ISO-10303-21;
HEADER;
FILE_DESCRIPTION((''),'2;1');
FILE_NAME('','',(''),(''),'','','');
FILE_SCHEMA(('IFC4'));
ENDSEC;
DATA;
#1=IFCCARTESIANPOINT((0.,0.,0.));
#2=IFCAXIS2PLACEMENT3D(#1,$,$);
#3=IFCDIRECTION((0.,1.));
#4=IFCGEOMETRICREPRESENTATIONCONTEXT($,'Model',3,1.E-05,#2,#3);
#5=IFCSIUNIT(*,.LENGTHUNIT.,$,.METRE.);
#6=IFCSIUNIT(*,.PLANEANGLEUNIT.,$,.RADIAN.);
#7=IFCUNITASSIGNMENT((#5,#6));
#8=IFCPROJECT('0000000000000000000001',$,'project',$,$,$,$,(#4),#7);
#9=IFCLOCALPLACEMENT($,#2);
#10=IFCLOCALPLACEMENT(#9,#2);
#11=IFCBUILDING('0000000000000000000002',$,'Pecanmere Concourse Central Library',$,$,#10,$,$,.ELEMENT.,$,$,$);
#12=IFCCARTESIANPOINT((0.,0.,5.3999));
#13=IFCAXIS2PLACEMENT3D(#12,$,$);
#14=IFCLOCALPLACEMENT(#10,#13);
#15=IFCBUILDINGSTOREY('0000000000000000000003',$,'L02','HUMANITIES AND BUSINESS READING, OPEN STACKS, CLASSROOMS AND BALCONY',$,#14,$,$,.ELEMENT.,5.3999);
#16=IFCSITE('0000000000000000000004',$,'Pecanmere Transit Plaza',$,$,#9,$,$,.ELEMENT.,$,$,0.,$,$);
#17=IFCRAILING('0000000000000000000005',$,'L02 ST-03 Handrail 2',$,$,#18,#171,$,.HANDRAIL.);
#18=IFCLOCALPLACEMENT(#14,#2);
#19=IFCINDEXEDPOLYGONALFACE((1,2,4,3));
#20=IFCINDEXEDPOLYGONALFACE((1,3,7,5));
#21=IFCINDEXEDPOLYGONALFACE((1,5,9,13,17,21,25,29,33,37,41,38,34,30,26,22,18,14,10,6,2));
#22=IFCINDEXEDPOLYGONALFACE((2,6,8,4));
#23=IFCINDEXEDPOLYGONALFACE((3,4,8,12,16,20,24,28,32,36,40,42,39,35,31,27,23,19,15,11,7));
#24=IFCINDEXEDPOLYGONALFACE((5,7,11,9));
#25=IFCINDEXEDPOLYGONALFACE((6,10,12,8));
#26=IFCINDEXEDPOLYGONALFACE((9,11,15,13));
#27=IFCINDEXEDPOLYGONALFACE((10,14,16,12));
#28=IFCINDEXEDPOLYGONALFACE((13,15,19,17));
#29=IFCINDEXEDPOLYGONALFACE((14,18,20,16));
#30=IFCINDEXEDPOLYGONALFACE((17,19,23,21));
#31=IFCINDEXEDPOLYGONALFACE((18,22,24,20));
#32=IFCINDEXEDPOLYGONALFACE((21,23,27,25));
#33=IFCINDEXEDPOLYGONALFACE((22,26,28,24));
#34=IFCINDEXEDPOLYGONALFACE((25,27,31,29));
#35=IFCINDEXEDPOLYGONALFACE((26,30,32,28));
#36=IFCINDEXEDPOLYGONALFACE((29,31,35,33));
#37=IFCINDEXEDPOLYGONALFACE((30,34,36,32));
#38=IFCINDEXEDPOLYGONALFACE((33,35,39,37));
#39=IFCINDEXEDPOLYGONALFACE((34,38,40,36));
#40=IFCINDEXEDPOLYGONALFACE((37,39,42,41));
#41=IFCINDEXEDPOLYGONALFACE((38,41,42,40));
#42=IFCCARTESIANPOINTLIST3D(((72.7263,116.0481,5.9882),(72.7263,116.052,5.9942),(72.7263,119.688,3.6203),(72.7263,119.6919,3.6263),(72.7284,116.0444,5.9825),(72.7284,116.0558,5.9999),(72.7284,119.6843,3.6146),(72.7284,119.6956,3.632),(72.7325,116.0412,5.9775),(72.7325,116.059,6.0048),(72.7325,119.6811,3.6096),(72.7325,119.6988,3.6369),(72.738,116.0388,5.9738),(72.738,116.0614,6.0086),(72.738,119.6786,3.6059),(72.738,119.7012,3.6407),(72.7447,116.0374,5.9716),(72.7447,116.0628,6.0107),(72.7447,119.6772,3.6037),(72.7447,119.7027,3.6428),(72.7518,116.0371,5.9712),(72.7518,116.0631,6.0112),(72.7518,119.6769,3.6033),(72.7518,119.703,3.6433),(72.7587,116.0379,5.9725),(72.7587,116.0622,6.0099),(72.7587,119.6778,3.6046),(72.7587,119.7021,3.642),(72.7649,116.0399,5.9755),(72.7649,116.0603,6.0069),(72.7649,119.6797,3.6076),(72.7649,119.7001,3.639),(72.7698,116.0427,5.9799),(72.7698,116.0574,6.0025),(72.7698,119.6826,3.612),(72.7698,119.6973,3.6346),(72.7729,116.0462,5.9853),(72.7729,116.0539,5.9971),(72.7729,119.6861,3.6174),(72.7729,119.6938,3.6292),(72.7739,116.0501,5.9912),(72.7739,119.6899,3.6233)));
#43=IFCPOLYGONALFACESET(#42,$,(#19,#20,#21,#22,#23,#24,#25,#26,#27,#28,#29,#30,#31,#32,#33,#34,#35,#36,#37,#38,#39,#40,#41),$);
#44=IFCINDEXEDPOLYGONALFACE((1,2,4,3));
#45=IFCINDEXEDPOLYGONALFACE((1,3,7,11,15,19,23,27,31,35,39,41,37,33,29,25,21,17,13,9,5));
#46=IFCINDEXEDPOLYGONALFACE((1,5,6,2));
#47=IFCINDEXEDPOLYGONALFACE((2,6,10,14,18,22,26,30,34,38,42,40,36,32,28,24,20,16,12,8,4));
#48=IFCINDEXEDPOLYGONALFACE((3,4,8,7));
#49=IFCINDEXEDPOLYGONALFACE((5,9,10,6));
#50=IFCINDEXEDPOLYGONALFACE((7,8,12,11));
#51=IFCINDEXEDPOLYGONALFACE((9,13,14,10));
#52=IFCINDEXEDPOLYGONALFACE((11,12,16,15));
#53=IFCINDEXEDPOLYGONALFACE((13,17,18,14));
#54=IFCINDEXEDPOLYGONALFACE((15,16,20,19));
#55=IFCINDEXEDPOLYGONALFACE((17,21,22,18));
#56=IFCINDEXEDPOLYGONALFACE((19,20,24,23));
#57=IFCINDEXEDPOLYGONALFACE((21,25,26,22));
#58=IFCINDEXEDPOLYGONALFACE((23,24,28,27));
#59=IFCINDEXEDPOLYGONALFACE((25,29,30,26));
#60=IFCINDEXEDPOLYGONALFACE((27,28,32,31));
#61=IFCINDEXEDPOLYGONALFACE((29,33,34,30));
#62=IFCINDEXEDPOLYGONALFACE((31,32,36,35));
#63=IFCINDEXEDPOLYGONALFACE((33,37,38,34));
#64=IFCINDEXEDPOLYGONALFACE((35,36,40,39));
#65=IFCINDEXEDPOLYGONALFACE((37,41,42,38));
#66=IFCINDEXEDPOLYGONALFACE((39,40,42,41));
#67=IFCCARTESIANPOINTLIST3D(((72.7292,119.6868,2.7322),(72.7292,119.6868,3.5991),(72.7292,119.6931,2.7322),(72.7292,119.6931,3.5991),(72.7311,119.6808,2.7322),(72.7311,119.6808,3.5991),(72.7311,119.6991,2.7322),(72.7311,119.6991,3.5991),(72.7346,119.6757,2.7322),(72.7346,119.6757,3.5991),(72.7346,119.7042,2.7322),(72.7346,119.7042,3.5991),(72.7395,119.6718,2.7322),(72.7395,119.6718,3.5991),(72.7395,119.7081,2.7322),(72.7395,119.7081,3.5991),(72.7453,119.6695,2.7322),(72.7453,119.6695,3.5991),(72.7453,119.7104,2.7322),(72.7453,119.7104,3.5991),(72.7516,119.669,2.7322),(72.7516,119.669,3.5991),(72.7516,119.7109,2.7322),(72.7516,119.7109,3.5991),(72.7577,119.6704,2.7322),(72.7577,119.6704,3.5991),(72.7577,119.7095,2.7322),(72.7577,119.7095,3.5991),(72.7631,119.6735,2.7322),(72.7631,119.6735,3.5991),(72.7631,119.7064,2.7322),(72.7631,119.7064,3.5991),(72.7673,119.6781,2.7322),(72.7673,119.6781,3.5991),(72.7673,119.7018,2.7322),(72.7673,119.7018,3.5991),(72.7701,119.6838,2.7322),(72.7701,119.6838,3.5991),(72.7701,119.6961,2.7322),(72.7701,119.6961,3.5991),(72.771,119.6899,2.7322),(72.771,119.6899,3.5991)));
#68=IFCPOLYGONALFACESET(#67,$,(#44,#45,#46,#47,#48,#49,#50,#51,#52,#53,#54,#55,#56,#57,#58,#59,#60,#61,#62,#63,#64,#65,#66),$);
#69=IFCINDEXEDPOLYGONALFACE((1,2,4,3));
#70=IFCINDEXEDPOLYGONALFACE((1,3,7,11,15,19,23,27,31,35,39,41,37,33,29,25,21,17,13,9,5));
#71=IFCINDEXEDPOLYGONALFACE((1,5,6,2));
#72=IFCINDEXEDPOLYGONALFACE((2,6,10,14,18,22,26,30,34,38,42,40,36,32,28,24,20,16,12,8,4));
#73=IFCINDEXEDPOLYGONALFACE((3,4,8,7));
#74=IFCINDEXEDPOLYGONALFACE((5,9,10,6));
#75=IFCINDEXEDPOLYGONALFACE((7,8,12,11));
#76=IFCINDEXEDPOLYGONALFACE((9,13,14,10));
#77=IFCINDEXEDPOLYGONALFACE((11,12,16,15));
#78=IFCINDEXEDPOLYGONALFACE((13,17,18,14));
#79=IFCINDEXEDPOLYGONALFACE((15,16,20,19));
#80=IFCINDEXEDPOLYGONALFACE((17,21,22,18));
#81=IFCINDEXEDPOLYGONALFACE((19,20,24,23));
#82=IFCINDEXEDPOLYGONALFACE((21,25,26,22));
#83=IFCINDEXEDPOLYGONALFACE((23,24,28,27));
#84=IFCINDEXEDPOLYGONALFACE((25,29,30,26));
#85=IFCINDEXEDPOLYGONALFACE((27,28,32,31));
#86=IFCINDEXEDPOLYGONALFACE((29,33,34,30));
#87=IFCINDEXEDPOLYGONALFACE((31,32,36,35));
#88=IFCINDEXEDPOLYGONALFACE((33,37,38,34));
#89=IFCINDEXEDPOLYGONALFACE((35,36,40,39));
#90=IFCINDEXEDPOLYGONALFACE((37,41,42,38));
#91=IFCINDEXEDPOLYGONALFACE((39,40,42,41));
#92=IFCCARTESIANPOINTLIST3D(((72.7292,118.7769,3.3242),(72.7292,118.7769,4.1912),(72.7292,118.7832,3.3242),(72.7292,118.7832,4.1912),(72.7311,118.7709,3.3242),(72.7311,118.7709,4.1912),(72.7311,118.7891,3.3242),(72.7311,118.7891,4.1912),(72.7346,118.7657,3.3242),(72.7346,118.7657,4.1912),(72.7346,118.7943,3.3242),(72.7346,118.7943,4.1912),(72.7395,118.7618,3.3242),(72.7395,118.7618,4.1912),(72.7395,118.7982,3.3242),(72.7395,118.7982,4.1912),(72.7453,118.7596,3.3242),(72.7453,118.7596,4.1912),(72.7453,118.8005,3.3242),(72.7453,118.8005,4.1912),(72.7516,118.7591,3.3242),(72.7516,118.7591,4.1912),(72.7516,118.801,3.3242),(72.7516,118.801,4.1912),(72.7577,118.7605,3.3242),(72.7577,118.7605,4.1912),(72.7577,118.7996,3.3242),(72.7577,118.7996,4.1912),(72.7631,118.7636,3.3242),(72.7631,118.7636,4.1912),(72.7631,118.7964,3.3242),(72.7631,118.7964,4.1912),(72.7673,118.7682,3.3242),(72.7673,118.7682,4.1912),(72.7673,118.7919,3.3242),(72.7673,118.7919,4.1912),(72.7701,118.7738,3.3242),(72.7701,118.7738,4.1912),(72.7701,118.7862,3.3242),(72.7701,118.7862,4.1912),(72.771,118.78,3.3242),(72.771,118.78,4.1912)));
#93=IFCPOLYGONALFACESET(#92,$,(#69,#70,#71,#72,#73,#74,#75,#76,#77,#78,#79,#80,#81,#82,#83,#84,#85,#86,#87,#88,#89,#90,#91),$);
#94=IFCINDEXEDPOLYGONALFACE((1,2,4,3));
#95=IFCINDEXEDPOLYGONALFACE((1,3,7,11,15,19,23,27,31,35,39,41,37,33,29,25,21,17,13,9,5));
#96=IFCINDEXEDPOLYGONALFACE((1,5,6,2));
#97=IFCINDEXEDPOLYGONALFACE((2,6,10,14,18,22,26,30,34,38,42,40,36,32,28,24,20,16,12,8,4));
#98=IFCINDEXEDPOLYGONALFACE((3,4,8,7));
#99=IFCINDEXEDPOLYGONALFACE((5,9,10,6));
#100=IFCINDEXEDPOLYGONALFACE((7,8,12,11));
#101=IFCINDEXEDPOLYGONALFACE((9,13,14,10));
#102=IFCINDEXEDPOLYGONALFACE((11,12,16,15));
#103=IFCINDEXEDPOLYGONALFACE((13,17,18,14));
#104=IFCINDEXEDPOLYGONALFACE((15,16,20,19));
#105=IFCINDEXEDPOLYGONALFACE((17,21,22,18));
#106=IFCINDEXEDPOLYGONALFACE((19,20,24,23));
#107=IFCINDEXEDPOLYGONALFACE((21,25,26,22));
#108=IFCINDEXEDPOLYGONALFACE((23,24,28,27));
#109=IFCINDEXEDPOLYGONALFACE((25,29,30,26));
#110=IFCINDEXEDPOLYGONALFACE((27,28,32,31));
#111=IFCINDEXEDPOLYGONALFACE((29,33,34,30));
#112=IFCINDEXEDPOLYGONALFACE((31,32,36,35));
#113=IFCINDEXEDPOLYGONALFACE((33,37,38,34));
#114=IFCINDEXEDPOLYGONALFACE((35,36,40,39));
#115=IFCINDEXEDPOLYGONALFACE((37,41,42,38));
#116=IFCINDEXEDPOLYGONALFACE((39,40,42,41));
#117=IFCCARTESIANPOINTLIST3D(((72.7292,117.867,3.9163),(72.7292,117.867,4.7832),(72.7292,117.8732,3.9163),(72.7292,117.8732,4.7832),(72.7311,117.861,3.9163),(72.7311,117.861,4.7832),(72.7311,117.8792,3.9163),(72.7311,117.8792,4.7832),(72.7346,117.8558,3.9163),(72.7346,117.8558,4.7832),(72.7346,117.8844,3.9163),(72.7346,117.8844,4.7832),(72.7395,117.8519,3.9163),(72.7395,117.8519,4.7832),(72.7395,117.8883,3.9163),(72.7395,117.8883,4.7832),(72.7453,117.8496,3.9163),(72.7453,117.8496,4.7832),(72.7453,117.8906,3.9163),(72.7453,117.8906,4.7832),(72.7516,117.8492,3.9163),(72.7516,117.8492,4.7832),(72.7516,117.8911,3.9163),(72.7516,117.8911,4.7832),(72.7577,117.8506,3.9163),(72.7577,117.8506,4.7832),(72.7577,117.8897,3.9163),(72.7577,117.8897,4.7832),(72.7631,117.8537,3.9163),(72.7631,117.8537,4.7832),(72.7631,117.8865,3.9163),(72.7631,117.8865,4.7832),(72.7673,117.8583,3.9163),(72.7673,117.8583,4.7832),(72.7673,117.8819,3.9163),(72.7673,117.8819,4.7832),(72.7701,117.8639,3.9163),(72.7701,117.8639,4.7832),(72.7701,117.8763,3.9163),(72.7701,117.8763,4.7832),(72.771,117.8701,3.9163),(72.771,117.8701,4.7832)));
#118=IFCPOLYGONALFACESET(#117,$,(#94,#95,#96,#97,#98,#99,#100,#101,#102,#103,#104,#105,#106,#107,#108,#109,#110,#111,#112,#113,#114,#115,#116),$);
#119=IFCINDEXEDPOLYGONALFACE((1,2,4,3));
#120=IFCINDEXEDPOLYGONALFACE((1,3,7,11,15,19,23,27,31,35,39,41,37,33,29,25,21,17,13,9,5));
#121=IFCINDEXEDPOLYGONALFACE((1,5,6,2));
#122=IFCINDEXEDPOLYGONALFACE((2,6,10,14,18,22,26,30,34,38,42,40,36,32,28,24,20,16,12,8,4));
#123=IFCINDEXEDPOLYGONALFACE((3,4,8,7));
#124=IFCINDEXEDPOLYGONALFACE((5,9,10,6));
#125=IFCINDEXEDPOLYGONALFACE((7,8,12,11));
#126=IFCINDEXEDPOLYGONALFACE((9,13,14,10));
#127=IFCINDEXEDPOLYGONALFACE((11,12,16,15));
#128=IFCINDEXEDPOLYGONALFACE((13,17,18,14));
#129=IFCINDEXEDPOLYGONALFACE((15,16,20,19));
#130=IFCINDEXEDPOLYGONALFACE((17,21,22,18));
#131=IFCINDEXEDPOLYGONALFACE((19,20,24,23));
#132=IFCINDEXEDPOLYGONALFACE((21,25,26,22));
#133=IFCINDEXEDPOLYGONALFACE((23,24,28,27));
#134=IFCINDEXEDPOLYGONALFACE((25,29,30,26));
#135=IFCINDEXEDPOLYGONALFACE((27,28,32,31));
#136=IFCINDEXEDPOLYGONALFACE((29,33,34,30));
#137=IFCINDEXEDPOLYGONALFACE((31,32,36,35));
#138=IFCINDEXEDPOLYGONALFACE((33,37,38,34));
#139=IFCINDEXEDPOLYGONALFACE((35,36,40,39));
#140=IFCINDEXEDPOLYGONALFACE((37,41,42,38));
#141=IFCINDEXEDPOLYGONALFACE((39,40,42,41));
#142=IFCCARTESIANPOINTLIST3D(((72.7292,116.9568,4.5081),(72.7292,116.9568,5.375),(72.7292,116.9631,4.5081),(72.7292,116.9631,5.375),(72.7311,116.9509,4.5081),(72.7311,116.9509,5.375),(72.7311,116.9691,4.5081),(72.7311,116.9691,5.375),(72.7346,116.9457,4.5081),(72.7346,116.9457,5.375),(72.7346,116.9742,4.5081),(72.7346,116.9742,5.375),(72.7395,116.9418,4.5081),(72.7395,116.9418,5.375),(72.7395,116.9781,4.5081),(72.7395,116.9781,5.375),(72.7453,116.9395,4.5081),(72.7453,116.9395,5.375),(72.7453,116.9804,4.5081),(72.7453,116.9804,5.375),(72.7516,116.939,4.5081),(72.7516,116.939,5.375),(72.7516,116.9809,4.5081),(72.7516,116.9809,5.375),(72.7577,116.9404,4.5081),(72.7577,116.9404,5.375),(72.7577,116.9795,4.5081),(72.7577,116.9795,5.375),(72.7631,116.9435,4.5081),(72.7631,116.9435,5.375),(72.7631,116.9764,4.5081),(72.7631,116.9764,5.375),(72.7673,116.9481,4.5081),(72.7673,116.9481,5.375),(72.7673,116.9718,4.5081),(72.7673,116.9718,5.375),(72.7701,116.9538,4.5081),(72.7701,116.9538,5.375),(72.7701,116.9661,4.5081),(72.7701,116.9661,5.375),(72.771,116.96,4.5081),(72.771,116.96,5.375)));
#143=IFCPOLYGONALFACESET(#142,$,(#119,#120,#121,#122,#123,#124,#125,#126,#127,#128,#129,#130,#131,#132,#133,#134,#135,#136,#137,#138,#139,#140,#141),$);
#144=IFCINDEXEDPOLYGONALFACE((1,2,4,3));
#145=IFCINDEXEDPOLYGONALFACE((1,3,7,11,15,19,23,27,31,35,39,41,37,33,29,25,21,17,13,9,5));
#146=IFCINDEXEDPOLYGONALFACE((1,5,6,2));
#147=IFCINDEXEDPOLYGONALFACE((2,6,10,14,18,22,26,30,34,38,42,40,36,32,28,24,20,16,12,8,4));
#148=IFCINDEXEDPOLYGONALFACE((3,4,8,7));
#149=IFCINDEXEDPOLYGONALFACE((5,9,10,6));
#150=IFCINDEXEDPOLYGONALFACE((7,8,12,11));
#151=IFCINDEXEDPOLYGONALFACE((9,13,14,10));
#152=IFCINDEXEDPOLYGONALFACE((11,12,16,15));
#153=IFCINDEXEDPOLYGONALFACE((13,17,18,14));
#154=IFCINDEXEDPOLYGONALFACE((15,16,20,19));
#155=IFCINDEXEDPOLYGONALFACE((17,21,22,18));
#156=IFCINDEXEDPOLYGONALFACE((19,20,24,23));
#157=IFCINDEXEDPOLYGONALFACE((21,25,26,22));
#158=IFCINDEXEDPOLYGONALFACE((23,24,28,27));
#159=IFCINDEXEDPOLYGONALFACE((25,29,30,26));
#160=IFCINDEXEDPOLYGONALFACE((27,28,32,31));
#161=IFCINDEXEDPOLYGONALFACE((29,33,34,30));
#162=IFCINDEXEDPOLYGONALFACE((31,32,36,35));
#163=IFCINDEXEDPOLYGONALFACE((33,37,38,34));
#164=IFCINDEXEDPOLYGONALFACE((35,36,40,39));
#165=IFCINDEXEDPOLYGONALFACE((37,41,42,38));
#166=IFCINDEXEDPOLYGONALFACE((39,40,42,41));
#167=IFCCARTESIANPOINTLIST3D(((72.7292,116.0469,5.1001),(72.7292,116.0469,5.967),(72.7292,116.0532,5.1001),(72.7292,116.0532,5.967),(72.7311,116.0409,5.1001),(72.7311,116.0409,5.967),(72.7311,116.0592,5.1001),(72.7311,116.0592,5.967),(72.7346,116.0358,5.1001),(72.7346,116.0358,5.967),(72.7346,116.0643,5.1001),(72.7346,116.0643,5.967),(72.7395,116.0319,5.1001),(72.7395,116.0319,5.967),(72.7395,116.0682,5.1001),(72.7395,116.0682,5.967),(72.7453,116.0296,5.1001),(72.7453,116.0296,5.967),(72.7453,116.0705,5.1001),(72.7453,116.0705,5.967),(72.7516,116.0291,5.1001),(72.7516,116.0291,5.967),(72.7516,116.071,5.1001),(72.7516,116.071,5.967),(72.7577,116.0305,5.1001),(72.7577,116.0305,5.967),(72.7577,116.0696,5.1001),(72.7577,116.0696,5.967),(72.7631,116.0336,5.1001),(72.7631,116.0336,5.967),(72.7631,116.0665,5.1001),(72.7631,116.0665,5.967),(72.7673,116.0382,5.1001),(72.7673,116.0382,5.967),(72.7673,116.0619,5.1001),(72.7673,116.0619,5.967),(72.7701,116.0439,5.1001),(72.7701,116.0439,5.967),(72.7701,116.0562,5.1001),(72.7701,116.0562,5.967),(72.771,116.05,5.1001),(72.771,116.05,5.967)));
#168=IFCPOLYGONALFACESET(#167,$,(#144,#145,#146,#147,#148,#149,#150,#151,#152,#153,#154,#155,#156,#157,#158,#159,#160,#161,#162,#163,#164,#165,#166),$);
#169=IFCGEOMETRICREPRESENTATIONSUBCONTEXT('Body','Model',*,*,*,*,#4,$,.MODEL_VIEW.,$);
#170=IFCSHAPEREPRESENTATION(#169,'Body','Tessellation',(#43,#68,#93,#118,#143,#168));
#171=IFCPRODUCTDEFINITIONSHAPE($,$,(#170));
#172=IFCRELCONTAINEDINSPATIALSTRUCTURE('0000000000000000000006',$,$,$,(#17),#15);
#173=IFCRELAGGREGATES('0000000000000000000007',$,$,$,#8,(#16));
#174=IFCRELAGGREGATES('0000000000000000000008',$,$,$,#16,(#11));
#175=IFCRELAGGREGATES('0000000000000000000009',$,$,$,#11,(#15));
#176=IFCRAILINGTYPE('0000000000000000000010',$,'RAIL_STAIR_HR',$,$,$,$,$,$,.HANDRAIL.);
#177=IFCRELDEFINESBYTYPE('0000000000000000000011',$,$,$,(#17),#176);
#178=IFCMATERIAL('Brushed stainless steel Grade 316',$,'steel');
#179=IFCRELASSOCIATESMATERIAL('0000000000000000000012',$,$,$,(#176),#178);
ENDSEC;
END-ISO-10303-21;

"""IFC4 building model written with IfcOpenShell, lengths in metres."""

from ifc_helpers import new_model, si_unit, direction, frame, origin, origin_2d, place, context, subcontext, project, spatial, circle, extrude, material, type_object, element, save


model = new_model("IFC4")

# Units and contexts
model_context = context("Model", 3, precision=1e-05, world=origin(), true_north=direction((0.0, 1.0)))
body_context = subcontext(model_context, "Body", "Model", "MODEL_VIEW")
ifc_project = project(units=[si_unit("LENGTHUNIT", "METRE"), si_unit("PLANEANGLEUNIT", "RADIAN")], contexts=[model_context])

# Site, building, storey
site_placement = place(None, origin())
site = spatial("IfcSite", under=ifc_project, at=site_placement, Name="Pecanmere Transit Plaza", CompositionType="ELEMENT", RefElevation=0.0)
building_placement = place(site_placement, origin())
building = spatial("IfcBuilding", under=site, at=building_placement, Name="Pecanmere Concourse Central Library", CompositionType="ELEMENT")
storey_placement = place(building_placement, frame((0.0, 0.0, 5.3999)))
storey = spatial("IfcBuildingStorey", under=building, at=storey_placement, Name="L02", Description="HUMANITIES AND BUSINESS READING, OPEN STACKS, CLASSROOMS AND BALCONY", CompositionType="ELEMENT", Elevation=5.3999)

# Railing
ifc_material_1 = material(Name="Brushed stainless steel Grade 316", Category="steel")
railing_type_1 = type_object("IfcRailingType", Name="RAIL_STAIR_HR", PredefinedType="HANDRAIL", material=ifc_material_1)
railing_1_placement = place(storey_placement, frame((72.75, 119.6899, 2.7322)))
element("IfcRailing", 1, at=railing_1_placement, inside=storey, type_object=railing_type_1, Name="L02 ST-03 Handrail 2", PredefinedType="HANDRAIL", context=body_context, shape_type="SweptSolid", body=[
    extrude(circle(Radius=0.0239, at=origin_2d()), frame((0.0, 0.0, 0.8911), z_axis=(0.0, -0.838234, 0.54531), x_axis=(1.0, 0.0, 0.0)), (0.0, 0.0, 1.0), 4.3423),
    extrude(circle(Radius=0.021, at=origin_2d()), origin(), (0.0, 0.0, 1.0), 0.8669),
    extrude(circle(Radius=0.021, at=origin_2d()), frame((0.0, -0.9099, 0.592)), (0.0, 0.0, 1.0), 0.8669),
    extrude(circle(Radius=0.021, at=origin_2d()), frame((0.0, -1.8198, 1.1841)), (0.0, 0.0, 1.0), 0.8669),
    extrude(circle(Radius=0.021, at=origin_2d()), frame((0.0, -2.73, 1.7759)), (0.0, 0.0, 1.0), 0.8669),
    extrude(circle(Radius=0.021, at=origin_2d()), frame((0.0, -3.6399, 2.3679)), (0.0, 0.0, 1.0), 0.8669),
])

save(model, "model.ifc")
